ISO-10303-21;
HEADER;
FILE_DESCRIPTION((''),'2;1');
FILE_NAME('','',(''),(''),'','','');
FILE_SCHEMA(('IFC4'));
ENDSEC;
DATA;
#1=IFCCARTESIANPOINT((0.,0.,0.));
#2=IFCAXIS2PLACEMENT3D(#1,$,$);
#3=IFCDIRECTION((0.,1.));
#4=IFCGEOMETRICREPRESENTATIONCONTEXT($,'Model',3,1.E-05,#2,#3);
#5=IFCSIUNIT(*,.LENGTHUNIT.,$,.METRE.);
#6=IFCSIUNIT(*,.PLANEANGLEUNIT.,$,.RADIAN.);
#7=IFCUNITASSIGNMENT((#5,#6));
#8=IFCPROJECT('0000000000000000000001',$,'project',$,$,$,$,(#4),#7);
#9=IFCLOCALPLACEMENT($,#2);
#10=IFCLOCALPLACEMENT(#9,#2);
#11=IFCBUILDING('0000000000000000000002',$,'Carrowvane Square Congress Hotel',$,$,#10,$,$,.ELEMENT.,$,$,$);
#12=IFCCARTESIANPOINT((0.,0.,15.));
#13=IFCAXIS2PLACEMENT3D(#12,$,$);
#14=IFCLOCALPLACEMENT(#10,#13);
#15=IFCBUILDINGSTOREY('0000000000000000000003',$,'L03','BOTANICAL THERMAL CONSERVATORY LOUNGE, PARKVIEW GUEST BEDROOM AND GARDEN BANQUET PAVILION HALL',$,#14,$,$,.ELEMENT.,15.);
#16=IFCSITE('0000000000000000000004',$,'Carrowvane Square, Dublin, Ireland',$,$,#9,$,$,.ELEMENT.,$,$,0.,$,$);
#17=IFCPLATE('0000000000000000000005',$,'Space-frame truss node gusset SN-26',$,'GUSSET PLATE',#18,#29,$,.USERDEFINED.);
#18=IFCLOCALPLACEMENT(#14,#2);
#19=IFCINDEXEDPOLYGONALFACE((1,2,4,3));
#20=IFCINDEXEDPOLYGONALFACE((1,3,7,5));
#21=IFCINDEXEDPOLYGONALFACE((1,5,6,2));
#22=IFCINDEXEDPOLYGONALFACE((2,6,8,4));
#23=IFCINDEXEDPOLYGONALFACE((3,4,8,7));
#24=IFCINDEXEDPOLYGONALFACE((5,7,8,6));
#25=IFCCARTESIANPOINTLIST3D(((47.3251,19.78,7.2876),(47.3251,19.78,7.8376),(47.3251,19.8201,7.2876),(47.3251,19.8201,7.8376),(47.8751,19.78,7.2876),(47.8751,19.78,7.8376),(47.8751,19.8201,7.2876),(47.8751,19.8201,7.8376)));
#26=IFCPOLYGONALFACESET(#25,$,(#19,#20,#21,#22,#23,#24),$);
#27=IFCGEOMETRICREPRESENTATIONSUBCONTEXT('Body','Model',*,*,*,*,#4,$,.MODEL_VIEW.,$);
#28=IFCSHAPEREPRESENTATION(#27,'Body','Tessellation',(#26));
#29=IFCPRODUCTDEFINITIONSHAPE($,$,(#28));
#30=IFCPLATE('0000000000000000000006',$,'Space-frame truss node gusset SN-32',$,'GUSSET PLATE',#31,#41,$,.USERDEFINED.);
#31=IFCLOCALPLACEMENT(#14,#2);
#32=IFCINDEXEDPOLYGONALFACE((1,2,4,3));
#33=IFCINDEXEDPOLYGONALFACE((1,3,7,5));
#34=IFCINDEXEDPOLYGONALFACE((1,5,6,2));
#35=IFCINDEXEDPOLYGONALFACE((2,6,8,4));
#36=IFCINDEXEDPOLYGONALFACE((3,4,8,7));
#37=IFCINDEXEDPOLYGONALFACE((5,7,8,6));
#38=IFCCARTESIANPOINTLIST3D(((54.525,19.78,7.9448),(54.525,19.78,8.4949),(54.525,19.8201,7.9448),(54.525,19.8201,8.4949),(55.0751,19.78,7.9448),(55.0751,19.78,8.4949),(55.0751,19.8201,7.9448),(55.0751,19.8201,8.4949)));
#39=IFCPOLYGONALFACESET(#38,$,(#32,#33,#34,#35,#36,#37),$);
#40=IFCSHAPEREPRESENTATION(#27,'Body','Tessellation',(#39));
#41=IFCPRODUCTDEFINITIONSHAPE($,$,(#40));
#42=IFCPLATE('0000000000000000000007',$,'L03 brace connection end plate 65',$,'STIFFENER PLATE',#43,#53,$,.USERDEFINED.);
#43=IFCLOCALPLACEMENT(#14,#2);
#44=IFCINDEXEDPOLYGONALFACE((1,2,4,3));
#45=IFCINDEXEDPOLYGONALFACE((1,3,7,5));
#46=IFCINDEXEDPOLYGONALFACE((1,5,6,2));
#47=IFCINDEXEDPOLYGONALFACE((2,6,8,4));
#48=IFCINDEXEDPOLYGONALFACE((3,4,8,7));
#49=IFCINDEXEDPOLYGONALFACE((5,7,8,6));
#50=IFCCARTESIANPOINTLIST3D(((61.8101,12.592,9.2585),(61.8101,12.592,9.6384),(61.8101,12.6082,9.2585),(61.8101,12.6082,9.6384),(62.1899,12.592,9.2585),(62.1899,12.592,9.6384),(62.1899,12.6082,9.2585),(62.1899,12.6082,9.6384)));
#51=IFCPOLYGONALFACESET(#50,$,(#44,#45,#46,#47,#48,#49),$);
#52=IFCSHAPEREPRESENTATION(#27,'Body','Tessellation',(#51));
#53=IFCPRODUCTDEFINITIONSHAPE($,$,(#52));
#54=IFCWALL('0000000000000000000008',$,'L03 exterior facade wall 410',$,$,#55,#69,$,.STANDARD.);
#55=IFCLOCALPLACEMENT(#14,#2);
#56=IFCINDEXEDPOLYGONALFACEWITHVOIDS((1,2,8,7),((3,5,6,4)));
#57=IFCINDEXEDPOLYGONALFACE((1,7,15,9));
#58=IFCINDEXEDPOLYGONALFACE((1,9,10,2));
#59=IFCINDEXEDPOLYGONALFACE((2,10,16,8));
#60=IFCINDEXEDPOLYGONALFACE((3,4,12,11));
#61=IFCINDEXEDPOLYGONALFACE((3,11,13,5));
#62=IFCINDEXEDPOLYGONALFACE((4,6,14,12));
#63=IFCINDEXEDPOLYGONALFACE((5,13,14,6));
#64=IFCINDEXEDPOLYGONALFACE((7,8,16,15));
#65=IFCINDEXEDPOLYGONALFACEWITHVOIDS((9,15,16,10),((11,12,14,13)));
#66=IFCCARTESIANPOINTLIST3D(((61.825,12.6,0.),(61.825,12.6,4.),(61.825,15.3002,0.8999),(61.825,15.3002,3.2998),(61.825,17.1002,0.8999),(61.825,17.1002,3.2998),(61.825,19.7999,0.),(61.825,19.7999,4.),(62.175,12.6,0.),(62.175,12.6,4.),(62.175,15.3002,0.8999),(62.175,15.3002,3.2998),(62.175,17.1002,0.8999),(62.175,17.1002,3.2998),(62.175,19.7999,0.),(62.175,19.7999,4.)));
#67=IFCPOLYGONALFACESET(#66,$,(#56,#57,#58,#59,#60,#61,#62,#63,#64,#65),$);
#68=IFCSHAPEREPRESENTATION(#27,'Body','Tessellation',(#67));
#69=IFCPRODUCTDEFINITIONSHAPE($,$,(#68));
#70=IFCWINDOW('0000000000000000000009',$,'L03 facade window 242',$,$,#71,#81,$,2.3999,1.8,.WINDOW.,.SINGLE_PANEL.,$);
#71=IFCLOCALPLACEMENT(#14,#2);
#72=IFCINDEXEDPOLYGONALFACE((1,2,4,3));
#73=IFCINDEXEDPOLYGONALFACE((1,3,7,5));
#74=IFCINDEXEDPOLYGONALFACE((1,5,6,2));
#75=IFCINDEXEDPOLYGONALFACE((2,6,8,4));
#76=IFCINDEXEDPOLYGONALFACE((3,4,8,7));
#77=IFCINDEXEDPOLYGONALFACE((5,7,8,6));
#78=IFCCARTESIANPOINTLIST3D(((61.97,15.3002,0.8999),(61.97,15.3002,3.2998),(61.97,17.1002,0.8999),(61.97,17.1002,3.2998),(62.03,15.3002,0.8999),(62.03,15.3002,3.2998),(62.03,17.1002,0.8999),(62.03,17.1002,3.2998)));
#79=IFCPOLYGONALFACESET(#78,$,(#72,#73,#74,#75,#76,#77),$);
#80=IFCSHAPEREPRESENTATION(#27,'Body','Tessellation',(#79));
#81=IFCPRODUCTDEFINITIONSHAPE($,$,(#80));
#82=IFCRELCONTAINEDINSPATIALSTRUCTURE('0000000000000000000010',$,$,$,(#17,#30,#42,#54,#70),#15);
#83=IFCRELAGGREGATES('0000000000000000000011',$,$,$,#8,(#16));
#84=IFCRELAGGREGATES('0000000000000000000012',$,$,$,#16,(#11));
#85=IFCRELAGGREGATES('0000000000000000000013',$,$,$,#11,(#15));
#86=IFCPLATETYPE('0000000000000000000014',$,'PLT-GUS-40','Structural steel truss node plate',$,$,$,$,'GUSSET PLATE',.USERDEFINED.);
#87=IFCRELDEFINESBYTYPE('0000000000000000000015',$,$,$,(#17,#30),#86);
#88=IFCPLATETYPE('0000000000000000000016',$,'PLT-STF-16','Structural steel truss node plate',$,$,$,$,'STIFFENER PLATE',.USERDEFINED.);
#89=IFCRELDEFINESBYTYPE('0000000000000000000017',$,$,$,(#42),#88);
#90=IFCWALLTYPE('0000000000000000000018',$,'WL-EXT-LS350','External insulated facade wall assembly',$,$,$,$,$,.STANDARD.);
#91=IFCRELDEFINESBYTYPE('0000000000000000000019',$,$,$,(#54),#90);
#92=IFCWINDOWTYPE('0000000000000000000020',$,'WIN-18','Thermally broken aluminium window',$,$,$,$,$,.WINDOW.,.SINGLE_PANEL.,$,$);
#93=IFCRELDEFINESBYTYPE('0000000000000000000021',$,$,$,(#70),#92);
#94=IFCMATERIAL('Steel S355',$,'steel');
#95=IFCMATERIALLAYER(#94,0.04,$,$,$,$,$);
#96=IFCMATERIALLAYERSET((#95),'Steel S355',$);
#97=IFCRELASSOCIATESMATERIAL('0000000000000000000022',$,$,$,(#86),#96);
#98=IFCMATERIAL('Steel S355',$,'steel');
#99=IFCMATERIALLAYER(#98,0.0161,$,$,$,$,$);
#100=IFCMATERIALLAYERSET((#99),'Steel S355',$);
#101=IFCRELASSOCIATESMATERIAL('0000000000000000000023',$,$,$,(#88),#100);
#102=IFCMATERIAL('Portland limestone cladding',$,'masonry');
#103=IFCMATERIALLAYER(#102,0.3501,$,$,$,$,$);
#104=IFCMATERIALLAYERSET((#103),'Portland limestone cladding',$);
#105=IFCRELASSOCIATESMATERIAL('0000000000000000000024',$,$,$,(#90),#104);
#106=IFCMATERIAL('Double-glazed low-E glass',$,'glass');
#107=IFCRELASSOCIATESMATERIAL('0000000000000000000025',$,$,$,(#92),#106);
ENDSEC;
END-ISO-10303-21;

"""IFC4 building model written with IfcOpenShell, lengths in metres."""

from ifc_helpers import new_model, si_unit, direction, frame, frame_2d, origin, origin_2d, place, context, subcontext, project, spatial, rectangle, extrude, material, layer, layer_set, type_object, element, fill, save


model = new_model("IFC4")

# Units and contexts
model_context = context("Model", 3, precision=1e-05, world=origin(), true_north=direction((0.0, 1.0)))
body_context = subcontext(model_context, "Body", "Model", "MODEL_VIEW")
ifc_project = project(units=[si_unit("LENGTHUNIT", "METRE"), si_unit("PLANEANGLEUNIT", "RADIAN")], contexts=[model_context])

# Site, building, storey
site_placement = place(None, origin())
site = spatial("IfcSite", under=ifc_project, at=site_placement, Name="Carrowvane Square, Dublin, Ireland", CompositionType="ELEMENT", RefElevation=0.0)
building_placement = place(site_placement, origin())
building = spatial("IfcBuilding", under=site, at=building_placement, Name="Carrowvane Square Congress Hotel", CompositionType="ELEMENT")
storey_placement = place(building_placement, frame((0.0, 0.0, 15.0)))
storey = spatial("IfcBuildingStorey", under=building, at=storey_placement, Name="L03", Description="BOTANICAL THERMAL CONSERVATORY LOUNGE, PARKVIEW GUEST BEDROOM AND GARDEN BANQUET PAVILION HALL", CompositionType="ELEMENT", Elevation=15.0)

# Plates
ifc_material_1 = material(Name="Steel S355", Category="steel")
ifc_layer_1 = layer(ifc_material_1, 0.04)
ifc_layer_set_1 = layer_set([ifc_layer_1], Name="Steel S355")
plate_type_1 = type_object("IfcPlateType", Name="PLT-GUS-40", Description="Structural steel truss node plate", ElementType="GUSSET PLATE", PredefinedType="USERDEFINED", material=ifc_layer_set_1)
for number, where, z_axis, x_axis, name in (
    (1, (47.6001, 19.8, 7.2876), (0.0, 0.0, 1.0), (1.0, 0.0, 0.0), "Space-frame truss node gusset SN-26"),
    (2, (54.8, 19.8, 7.9448), (0.0, 0.0, 1.0), (1.0, 0.0, 0.0), "Space-frame truss node gusset SN-32"),
):
    element("IfcPlate", number, at=place(storey_placement, frame(where, z_axis=z_axis, x_axis=x_axis)), inside=storey, type_object=plate_type_1, Name=name, ObjectType="GUSSET PLATE", PredefinedType="USERDEFINED", context=body_context, shape_type="SweptSolid", body=[
        extrude(rectangle(XDim=0.55, YDim=0.04, at=origin_2d()), origin(), (0.0, 0.0, 1.0), 0.55),
    ])
ifc_material_2 = material(Name="Steel S355", Category="steel")
ifc_layer_2 = layer(ifc_material_2, 0.0161)
ifc_layer_set_2 = layer_set([ifc_layer_2], Name="Steel S355")
plate_type_2 = type_object("IfcPlateType", Name="PLT-STF-16", Description="Structural steel truss node plate", ElementType="STIFFENER PLATE", PredefinedType="USERDEFINED", material=ifc_layer_set_2)
plate_placement = place(storey_placement, frame((62.0, 12.6001, 9.2585), z_axis=(0.0, 0.0, 1.0), x_axis=(1.0, 0.0, 0.0)))
element("IfcPlate", 3, at=plate_placement, inside=storey, type_object=plate_type_2, Name="L03 brace connection end plate 65", ObjectType="STIFFENER PLATE", PredefinedType="USERDEFINED", context=body_context, shape_type="SweptSolid", body=[
    extrude(rectangle(XDim=0.3799, YDim=0.0161, at=origin_2d()), origin(), (0.0, 0.0, 1.0), 0.3799),
])

# Wall, opening, window
ifc_material_3 = material(Name="Portland limestone cladding", Category="masonry")
ifc_layer_3 = layer(ifc_material_3, 0.3501)
ifc_layer_set_3 = layer_set([ifc_layer_3], Name="Portland limestone cladding")
wall_type = type_object("IfcWallType", Name="WL-EXT-LS350", Description="External insulated facade wall assembly", PredefinedType="STANDARD", material=ifc_layer_set_3)
wall_placement = place(storey_placement, frame((62.0, 19.8, 0.0), z_axis=(0.0, 0.0, 1.0), x_axis=(0.0, -1.0, 0.0)))
wall = element("IfcWall", 4, at=wall_placement, inside=storey, type_object=wall_type, Name="L03 exterior facade wall 410", PredefinedType="STANDARD", context=body_context, shape_type="SweptSolid", body=[
    extrude(rectangle(XDim=7.2, YDim=0.3501, at=frame_2d((3.6001, 0.0))), origin(), (0.0, 0.0, 1.0), 4.0),
])
opening_placement = place(wall_placement, frame((2.7, 0.0, 0.8999)))
opening = element("IfcOpeningElement", 5, at=opening_placement, cuts=wall, PredefinedType="OPENING", context=body_context, shape_type="SweptSolid", body=[
    extrude(rectangle(XDim=1.8, YDim=2.3999, at=frame_2d((0.8999, 1.2))), frame((0.0, 0.1851, 0.0), z_axis=(0.0, -1.0, 0.0), x_axis=(1.0, 0.0, 0.0)), (0.0, 0.0, 1.0), 0.3701),
])
ifc_material_4 = material(Name="Double-glazed low-E glass", Category="glass")
window_type = type_object("IfcWindowType", Name="WIN-18", Description="Thermally broken aluminium window", PartitioningType="SINGLE_PANEL", PredefinedType="WINDOW", material=ifc_material_4)
window_placement = place(opening_placement, origin())
window = element("IfcWindow", 6, at=window_placement, inside=storey, type_object=window_type, Name="L03 facade window 242", OverallHeight=2.3999, OverallWidth=1.8, PartitioningType="SINGLE_PANEL", PredefinedType="WINDOW", context=body_context, shape_type="SweptSolid", body=[
    extrude(rectangle(XDim=1.8, YDim=2.3999, at=frame_2d((0.8999, 1.2))), frame((0.0, 0.03, 0.0), z_axis=(0.0, -1.0, 0.0), x_axis=(1.0, 0.0, 0.0)), (0.0, 0.0, 1.0), 0.0601),
])
fill(opening, window)

save(model, "model.ifc")
